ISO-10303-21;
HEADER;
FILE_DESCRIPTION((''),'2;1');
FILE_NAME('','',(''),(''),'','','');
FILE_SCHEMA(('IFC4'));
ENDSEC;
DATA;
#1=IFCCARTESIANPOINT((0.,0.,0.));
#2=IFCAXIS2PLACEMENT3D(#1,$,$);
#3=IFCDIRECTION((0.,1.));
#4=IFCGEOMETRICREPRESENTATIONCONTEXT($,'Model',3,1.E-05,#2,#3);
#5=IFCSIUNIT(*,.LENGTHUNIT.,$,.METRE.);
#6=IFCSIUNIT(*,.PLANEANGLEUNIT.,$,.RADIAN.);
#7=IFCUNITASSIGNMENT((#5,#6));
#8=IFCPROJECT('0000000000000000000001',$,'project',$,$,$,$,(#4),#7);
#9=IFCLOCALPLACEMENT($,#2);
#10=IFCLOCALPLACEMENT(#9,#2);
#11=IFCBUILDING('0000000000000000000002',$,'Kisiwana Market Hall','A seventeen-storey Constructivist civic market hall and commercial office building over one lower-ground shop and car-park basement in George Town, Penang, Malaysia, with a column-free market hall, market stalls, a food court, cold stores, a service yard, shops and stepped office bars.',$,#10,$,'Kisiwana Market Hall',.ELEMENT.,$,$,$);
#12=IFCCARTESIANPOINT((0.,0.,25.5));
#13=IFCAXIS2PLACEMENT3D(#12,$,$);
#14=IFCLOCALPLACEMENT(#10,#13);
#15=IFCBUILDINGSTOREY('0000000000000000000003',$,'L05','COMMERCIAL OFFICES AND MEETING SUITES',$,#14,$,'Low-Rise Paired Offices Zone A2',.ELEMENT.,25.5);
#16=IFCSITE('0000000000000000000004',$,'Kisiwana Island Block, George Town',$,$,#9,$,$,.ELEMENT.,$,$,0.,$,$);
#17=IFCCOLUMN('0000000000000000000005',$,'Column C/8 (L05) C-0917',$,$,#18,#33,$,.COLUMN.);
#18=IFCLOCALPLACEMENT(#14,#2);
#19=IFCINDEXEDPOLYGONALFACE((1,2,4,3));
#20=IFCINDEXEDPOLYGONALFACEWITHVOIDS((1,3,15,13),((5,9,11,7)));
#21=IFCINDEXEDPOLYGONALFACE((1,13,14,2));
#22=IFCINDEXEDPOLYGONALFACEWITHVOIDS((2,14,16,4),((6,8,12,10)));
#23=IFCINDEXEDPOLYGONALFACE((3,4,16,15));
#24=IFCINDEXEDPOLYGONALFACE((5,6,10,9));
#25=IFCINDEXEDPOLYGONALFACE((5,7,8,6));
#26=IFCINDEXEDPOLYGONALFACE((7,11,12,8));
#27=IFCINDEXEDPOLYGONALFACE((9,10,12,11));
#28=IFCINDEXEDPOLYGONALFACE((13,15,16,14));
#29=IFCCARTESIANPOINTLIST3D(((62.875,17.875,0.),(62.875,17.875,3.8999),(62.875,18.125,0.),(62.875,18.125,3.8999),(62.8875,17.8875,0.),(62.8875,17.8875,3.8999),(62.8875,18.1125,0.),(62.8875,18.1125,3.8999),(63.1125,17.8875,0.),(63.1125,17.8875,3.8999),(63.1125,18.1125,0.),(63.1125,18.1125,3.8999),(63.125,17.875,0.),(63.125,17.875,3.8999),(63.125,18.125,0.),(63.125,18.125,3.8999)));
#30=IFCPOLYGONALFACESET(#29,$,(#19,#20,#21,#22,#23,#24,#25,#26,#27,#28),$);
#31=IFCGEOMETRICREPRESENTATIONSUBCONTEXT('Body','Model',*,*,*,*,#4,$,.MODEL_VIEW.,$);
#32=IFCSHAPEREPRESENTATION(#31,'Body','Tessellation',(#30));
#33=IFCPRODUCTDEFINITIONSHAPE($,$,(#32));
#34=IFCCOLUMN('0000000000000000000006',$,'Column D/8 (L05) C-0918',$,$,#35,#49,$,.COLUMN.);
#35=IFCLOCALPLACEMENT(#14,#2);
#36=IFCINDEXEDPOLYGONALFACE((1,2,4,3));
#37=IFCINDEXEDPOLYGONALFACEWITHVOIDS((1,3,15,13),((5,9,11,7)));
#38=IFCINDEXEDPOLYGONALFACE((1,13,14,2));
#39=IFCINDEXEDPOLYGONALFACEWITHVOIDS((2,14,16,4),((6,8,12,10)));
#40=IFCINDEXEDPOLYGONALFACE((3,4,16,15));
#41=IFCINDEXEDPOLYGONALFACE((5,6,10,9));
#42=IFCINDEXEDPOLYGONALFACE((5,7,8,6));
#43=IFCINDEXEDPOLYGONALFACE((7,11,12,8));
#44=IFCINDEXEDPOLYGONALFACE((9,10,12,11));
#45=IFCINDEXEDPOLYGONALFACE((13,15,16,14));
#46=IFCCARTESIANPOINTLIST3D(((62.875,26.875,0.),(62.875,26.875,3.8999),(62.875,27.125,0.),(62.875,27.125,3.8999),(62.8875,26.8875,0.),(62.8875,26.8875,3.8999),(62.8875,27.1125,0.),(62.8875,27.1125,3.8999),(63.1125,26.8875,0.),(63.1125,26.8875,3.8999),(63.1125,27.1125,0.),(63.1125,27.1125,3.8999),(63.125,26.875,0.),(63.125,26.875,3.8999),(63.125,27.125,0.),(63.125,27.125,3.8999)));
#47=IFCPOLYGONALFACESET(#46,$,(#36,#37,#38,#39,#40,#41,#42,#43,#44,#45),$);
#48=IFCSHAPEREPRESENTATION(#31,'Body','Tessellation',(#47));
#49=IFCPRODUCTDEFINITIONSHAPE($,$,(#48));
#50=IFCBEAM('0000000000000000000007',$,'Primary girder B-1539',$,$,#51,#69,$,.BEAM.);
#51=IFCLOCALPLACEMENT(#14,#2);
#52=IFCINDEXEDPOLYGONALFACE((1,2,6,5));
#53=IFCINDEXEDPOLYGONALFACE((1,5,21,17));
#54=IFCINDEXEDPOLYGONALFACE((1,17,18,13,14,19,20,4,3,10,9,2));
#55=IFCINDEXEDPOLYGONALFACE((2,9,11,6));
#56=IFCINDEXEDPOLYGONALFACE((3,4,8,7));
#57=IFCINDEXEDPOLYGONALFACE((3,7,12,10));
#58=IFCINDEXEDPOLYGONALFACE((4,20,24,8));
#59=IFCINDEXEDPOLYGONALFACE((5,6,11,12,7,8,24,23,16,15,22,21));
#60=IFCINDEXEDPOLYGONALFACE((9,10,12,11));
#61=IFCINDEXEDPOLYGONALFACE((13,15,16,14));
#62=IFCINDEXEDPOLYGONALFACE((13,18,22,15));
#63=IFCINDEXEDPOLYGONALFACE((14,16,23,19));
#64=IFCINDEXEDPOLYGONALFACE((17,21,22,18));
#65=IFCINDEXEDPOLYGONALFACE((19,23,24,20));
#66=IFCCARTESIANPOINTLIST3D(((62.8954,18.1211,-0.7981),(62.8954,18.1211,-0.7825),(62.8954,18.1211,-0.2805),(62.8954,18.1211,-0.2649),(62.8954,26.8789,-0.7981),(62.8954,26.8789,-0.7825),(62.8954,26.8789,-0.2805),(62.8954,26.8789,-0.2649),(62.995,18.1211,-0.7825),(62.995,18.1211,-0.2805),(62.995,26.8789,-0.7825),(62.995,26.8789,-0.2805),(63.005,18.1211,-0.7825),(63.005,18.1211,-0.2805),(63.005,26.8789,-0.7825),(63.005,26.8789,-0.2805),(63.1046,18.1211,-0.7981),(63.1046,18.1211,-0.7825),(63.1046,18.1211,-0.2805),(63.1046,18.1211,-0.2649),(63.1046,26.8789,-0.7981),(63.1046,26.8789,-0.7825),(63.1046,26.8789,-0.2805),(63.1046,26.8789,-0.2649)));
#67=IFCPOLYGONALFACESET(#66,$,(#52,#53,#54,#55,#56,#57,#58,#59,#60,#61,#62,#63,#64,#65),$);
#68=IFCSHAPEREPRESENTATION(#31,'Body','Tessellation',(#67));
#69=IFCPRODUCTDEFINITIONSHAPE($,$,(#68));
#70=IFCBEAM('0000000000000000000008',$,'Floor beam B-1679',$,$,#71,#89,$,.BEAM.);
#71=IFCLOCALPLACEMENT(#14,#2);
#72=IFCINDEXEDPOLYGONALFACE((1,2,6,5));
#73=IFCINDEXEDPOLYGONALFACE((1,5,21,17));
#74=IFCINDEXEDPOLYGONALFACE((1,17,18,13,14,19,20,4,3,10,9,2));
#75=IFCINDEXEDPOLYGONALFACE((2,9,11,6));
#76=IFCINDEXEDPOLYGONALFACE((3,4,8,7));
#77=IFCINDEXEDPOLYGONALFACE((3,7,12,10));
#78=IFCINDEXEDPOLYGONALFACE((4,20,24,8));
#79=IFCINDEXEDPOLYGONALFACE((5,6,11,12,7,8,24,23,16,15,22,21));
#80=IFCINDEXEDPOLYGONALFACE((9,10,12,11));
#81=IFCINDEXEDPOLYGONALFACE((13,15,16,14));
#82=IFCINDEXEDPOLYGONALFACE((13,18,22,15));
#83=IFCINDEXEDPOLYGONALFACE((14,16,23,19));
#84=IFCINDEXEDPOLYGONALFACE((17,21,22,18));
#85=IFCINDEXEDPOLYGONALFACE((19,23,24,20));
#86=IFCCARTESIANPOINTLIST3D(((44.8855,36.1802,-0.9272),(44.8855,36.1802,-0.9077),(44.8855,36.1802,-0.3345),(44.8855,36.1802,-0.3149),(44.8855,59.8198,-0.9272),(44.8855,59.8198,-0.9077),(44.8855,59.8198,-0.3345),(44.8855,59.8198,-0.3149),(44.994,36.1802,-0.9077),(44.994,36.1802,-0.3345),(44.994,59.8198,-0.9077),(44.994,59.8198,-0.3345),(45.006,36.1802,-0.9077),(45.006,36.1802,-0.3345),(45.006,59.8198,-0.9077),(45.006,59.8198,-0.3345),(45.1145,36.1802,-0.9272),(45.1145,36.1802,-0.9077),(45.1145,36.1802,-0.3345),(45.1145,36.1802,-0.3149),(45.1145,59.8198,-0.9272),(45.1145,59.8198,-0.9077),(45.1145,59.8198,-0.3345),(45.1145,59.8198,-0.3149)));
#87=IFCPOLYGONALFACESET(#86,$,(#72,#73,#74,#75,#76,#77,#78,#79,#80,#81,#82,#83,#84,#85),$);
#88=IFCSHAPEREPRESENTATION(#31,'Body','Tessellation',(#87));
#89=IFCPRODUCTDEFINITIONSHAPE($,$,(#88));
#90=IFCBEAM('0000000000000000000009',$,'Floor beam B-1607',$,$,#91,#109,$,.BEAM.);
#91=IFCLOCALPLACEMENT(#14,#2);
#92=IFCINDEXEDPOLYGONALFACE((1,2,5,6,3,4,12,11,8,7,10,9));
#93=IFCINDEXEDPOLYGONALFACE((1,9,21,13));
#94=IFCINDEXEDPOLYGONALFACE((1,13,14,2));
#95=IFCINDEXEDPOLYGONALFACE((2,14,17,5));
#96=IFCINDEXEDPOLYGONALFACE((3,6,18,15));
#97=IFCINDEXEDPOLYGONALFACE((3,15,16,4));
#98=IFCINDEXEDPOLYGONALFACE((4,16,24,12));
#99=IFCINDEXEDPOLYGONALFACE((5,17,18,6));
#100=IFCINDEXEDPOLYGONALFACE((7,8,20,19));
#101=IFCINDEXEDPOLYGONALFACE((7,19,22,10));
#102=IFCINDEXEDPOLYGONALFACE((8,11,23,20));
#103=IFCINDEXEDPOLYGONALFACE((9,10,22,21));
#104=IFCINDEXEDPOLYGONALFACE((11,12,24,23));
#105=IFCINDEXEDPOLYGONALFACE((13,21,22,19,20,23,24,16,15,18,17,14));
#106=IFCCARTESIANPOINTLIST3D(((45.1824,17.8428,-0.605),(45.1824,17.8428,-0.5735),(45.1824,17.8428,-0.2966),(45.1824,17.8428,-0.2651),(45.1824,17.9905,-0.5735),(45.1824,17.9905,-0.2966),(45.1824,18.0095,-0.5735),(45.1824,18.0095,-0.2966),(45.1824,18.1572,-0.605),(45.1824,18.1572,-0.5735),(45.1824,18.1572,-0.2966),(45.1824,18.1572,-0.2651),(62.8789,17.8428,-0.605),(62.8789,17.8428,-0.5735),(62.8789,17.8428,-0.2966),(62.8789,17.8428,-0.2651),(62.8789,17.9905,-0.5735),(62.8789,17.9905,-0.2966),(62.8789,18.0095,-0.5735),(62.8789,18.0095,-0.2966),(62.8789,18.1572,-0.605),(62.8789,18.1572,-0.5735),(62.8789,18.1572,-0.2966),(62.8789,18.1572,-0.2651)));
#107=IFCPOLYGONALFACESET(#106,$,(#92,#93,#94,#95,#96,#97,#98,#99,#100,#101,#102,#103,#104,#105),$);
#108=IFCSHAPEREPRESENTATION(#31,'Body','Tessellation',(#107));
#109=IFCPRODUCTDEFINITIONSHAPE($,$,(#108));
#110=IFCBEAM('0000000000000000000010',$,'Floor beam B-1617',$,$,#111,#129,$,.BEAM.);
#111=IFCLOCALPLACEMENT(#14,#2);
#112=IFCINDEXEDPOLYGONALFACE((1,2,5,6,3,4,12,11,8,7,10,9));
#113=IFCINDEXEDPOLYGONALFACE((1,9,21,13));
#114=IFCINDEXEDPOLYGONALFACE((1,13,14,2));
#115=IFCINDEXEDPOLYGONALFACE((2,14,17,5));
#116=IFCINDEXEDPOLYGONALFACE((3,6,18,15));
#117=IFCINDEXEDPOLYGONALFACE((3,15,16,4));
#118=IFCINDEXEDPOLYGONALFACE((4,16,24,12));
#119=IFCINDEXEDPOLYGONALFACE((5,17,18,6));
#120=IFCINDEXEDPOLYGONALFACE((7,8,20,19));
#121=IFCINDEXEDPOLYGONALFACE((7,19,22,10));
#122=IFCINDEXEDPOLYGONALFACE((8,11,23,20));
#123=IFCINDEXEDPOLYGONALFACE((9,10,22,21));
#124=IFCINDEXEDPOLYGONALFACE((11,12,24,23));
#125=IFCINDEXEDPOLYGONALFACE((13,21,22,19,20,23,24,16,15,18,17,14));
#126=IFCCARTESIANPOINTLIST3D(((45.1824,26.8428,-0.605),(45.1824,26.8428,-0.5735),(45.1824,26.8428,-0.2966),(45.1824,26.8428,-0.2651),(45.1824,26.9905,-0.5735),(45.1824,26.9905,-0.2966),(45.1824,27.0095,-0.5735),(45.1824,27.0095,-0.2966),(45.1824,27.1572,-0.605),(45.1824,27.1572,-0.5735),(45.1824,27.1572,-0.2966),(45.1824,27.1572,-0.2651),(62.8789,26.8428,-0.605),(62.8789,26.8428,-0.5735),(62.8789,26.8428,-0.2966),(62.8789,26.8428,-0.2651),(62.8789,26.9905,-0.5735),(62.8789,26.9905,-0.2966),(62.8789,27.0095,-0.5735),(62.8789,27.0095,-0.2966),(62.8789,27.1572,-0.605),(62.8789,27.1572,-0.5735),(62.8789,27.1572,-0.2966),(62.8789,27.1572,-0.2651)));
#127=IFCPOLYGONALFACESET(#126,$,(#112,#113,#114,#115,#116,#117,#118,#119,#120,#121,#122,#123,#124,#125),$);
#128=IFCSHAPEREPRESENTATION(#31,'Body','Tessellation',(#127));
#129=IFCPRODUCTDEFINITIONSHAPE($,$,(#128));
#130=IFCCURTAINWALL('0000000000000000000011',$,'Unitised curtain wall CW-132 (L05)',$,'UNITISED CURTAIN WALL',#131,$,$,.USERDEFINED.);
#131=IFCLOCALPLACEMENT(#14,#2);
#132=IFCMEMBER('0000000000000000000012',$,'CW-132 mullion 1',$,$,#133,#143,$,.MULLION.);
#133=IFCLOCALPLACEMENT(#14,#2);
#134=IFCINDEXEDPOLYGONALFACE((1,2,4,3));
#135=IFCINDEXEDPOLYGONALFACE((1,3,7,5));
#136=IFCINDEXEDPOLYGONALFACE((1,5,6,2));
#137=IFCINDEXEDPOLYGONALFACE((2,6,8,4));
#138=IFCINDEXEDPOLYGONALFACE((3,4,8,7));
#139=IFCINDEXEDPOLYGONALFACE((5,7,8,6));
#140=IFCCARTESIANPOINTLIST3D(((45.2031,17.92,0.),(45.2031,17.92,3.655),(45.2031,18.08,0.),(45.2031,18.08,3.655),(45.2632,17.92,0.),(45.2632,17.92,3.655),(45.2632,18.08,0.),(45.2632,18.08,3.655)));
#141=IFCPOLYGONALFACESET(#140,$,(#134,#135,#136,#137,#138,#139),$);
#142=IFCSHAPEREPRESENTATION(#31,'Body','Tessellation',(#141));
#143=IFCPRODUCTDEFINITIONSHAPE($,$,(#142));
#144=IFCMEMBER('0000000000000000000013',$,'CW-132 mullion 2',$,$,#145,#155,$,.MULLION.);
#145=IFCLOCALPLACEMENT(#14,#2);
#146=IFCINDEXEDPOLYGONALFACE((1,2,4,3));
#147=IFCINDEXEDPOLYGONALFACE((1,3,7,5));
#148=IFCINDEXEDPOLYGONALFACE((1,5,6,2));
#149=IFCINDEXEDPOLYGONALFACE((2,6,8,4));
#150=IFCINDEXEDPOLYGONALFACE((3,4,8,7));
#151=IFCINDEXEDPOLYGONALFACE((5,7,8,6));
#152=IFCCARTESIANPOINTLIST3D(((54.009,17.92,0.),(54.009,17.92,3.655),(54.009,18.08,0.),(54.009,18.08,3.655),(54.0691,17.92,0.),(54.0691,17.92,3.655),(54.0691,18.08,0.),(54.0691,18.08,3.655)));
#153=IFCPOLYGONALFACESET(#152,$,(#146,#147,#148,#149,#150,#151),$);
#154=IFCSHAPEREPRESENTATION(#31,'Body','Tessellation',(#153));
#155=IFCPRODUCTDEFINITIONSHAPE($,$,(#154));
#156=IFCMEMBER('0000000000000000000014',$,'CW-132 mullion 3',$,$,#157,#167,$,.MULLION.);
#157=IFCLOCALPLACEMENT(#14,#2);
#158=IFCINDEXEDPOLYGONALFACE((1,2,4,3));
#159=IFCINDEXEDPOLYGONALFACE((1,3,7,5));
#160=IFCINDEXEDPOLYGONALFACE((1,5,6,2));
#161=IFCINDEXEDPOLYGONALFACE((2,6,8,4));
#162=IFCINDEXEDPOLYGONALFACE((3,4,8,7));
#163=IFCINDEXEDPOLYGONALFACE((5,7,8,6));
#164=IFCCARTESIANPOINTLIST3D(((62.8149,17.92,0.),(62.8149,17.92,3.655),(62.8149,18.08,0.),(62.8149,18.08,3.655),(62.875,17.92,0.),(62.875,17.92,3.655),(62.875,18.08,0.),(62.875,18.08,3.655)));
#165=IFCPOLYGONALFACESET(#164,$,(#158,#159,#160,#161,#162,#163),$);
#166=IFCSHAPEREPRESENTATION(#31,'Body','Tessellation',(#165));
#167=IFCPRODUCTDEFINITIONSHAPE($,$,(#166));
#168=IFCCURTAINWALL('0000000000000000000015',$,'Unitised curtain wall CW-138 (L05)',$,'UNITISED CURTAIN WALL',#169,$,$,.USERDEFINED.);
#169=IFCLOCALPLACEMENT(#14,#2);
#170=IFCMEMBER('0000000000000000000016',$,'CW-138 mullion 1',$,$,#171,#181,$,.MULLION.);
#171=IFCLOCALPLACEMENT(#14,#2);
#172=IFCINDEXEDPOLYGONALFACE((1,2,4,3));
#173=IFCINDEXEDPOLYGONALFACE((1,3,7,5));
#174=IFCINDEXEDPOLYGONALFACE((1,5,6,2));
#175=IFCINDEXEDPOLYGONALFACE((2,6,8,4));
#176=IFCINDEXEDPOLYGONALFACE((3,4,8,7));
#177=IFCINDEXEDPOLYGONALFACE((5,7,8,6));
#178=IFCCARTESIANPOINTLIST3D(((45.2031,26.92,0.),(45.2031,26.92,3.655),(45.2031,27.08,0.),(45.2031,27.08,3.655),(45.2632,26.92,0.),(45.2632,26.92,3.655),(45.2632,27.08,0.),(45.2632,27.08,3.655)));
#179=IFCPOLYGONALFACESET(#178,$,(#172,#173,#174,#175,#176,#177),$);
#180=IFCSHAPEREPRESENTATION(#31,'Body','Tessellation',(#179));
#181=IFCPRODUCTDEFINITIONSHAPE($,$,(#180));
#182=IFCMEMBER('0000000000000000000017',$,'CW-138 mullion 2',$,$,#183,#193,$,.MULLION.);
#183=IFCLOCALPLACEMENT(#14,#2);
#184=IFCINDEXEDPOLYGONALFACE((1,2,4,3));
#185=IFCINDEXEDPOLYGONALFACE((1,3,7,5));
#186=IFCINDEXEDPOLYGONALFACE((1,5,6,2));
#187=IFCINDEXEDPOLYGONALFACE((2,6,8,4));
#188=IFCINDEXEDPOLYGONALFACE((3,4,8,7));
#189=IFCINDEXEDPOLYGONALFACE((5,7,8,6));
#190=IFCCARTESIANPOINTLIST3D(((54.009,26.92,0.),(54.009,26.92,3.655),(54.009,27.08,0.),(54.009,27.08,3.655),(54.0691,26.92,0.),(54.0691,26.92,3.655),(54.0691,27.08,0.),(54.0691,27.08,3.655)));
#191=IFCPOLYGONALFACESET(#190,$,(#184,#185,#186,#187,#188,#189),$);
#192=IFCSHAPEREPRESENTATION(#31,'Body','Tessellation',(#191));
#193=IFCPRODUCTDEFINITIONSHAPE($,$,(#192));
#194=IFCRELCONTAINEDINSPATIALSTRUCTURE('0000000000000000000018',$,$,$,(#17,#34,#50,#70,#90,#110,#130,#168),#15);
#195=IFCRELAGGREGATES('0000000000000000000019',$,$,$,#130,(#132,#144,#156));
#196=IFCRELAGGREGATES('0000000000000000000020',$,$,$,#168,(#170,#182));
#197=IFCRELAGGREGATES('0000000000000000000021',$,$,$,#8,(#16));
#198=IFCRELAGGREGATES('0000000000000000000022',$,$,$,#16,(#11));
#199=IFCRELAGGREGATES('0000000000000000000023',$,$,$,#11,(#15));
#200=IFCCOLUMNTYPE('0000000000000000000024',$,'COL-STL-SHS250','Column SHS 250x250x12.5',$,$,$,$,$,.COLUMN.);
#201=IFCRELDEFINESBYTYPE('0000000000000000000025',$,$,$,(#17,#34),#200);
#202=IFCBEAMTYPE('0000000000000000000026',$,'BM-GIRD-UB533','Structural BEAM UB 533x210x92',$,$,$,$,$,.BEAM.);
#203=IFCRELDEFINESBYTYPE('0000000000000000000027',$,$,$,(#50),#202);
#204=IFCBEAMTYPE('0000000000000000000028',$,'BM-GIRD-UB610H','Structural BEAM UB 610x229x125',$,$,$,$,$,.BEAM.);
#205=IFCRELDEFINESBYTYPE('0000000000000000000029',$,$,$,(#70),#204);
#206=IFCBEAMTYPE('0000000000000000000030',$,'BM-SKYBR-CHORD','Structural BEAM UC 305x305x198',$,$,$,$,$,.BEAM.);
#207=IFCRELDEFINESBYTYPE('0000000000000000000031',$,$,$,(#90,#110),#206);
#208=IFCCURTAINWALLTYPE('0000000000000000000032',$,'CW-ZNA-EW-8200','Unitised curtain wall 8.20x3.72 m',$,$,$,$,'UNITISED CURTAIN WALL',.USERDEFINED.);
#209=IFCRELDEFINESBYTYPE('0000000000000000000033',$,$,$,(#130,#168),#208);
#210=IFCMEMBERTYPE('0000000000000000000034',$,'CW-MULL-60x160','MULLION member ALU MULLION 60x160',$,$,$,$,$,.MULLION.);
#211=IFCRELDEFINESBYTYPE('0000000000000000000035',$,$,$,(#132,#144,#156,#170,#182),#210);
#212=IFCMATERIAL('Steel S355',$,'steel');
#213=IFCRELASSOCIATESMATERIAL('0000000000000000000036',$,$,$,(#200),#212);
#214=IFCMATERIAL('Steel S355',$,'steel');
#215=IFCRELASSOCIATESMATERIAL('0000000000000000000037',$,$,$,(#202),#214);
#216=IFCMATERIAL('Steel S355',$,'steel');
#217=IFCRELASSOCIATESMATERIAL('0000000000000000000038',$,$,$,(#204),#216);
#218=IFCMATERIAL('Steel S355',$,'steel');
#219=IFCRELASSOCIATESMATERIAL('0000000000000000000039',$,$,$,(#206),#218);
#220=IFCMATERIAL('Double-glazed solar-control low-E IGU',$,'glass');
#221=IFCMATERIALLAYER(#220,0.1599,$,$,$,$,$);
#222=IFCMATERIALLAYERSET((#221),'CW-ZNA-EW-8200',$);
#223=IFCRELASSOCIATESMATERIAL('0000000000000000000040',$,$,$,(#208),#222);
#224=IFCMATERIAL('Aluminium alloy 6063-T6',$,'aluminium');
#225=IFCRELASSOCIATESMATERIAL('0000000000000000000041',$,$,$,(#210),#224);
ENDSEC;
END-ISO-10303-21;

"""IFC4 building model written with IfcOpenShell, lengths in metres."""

from ifc_helpers import new_model, si_unit, direction, frame, origin, origin_2d, place, context, subcontext, project, spatial, rectangle, hollow_rectangle, i_section, extrude, material, layer, layer_set, material_profile, profile_set, type_object, element, aggregate, save


model = new_model("IFC4")

# Units and contexts
model_context = context("Model", 3, precision=1e-05, world=origin(), true_north=direction((0.0, 1.0)))
body_context = subcontext(model_context, "Body", "Model", "MODEL_VIEW")
ifc_project = project(units=[si_unit("LENGTHUNIT", "METRE"), si_unit("PLANEANGLEUNIT", "RADIAN")], contexts=[model_context])

# Site, building, storey
site_placement = place(None, origin())
site = spatial("IfcSite", under=ifc_project, at=site_placement, Name="Kisiwana Island Block, George Town", CompositionType="ELEMENT", RefElevation=0.0)
building_placement = place(site_placement, origin())
building = spatial("IfcBuilding", under=site, at=building_placement, Name="Kisiwana Market Hall", Description="A seventeen-storey Constructivist civic market hall and commercial office building over one lower-ground shop and car-park basement in George Town, Penang, Malaysia, with a column-free market hall, market stalls, a food court, cold stores, a service yard, shops and stepped office bars.", LongName="Kisiwana Market Hall", CompositionType="ELEMENT")
storey_placement = place(building_placement, frame((0.0, 0.0, 25.5)))
storey = spatial("IfcBuildingStorey", under=building, at=storey_placement, Name="L05", Description="COMMERCIAL OFFICES AND MEETING SUITES", LongName="Low-Rise Paired Offices Zone A2", CompositionType="ELEMENT", Elevation=25.5)

# Columns
ifc_material_1 = material(Name="Steel S355", Category="steel")
ifc_material_profile_1 = material_profile(ifc_material_1, hollow_rectangle(XDim=0.25, YDim=0.25, WallThickness=0.0125, at=origin_2d()), Name="SHS 250x250x12.5")
ifc_profile_set_1 = profile_set([ifc_material_profile_1], Name="Steel S355")
column_type = type_object("IfcColumnType", Name="COL-STL-SHS250", Description="Column SHS 250x250x12.5", PredefinedType="COLUMN", material=ifc_profile_set_1)
for number, where, z_axis, x_axis, name in (
    (1, (63.0, 18.0, 0.0), (0.0, 0.0, 1.0), (1.0, 0.0, 0.0), "Column C/8 (L05) C-0917"),
    (2, (63.0, 27.0, 0.0), (0.0, 0.0, 1.0), (1.0, 0.0, 0.0), "Column D/8 (L05) C-0918"),
):
    element("IfcColumn", number, at=place(storey_placement, frame(where, z_axis=z_axis, x_axis=x_axis)), inside=storey, type_object=column_type, Name=name, PredefinedType="COLUMN", context=body_context, shape_type="SweptSolid", body=[
        extrude(hollow_rectangle(XDim=0.25, YDim=0.25, WallThickness=0.0125, at=origin_2d()), origin(), (0.0, 0.0, 1.0), 3.8999),
    ])

# Beams
ifc_material_2 = material(Name="Steel S355", Category="steel")
ifc_material_profile_2 = material_profile(ifc_material_2, i_section(OverallWidth=0.2092, OverallDepth=0.5332, WebThickness=0.01, FlangeThickness=0.0156, at=origin_2d()), Name="UB 533x210x92")
ifc_profile_set_2 = profile_set([ifc_material_profile_2], Name="Steel S355")
beam_type_1 = type_object("IfcBeamType", Name="BM-GIRD-UB533", Description="Structural BEAM UB 533x210x92", PredefinedType="BEAM", material=ifc_profile_set_2)
beam_1_placement = place(storey_placement, frame((63.0, 18.1211, -0.5315), z_axis=(0.0, 1.0, 0.0), x_axis=(-1.0, 0.0, 0.0)))
element("IfcBeam", 3, at=beam_1_placement, inside=storey, type_object=beam_type_1, Name="Primary girder B-1539", PredefinedType="BEAM", context=body_context, shape_type="SweptSolid", body=[
    extrude(i_section(OverallWidth=0.2092, OverallDepth=0.5332, WebThickness=0.01, FlangeThickness=0.0156, at=origin_2d()), origin(), (0.0, 0.0, 1.0), 8.7578),
])
ifc_material_3 = material(Name="Steel S355", Category="steel")
ifc_material_profile_3 = material_profile(ifc_material_3, i_section(OverallWidth=0.229, OverallDepth=0.6123, WebThickness=0.012, FlangeThickness=0.0195, at=origin_2d()), Name="UB 610x229x125")
ifc_profile_set_3 = profile_set([ifc_material_profile_3], Name="Steel S355")
beam_type_2 = type_object("IfcBeamType", Name="BM-GIRD-UB610H", Description="Structural BEAM UB 610x229x125", PredefinedType="BEAM", material=ifc_profile_set_3)
beam_2_placement = place(storey_placement, frame((45.0, 36.1802, -0.6211), z_axis=(0.0, 1.0, 0.0), x_axis=(-1.0, 0.0, 0.0)))
element("IfcBeam", 4, at=beam_2_placement, inside=storey, type_object=beam_type_2, Name="Floor beam B-1679", PredefinedType="BEAM", context=body_context, shape_type="SweptSolid", body=[
    extrude(i_section(OverallWidth=0.229, OverallDepth=0.6123, WebThickness=0.012, FlangeThickness=0.0195, at=origin_2d()), origin(), (0.0, 0.0, 1.0), 23.6396),
])
ifc_material_4 = material(Name="Steel S355", Category="steel")
ifc_material_profile_4 = material_profile(ifc_material_4, i_section(OverallWidth=0.3145, OverallDepth=0.3398, WebThickness=0.019, FlangeThickness=0.0315, at=origin_2d()), Name="UC 305x305x198")
ifc_profile_set_4 = profile_set([ifc_material_profile_4], Name="Steel S355")
beam_type_3 = type_object("IfcBeamType", Name="BM-SKYBR-CHORD", Description="Structural BEAM UC 305x305x198", PredefinedType="BEAM", material=ifc_profile_set_4)
for number, where, z_axis, x_axis, name in (
    (5, (45.1824, 18.0, -0.4351), (1.0, 0.0, 0.0), (0.0, 1.0, 0.0), "Floor beam B-1607"),
    (6, (45.1824, 27.0, -0.4351), (1.0, 0.0, 0.0), (0.0, 1.0, 0.0), "Floor beam B-1617"),
):
    element("IfcBeam", number, at=place(storey_placement, frame(where, z_axis=z_axis, x_axis=x_axis)), inside=storey, type_object=beam_type_3, Name=name, PredefinedType="BEAM", context=body_context, shape_type="SweptSolid", body=[
        extrude(i_section(OverallWidth=0.3145, OverallDepth=0.3398, WebThickness=0.019, FlangeThickness=0.0315, at=origin_2d()), origin(), (0.0, 0.0, 1.0), 17.6965),
    ])

# Curtain walls, members
ifc_material_5 = material(Name="Double-glazed solar-control low-E IGU", Category="glass")
ifc_layer_1 = layer(ifc_material_5, 0.1599)
ifc_layer_set_1 = layer_set([ifc_layer_1], Name="CW-ZNA-EW-8200")
curtain_wall_type = type_object("IfcCurtainWallType", Name="CW-ZNA-EW-8200", Description="Unitised curtain wall 8.20x3.72 m", ElementType="UNITISED CURTAIN WALL", PredefinedType="USERDEFINED", material=ifc_layer_set_1)
curtain_wall_1_placement = place(storey_placement, origin())
curtain_wall_1 = element("IfcCurtainWall", 7, at=curtain_wall_1_placement, inside=storey, type_object=curtain_wall_type, Name="Unitised curtain wall CW-132 (L05)", ObjectType="UNITISED CURTAIN WALL", PredefinedType="USERDEFINED")
ifc_material_6 = material(Name="Aluminium alloy 6063-T6", Category="aluminium")
ifc_material_profile_5 = material_profile(ifc_material_6, rectangle(XDim=0.0601, YDim=0.1599, at=origin_2d()), Name="ALU MULLION 60x160")
ifc_profile_set_5 = profile_set([ifc_material_profile_5], Name="Aluminium alloy 6063-T6")
member_type_1 = type_object("IfcMemberType", Name="CW-MULL-60x160", Description="MULLION member ALU MULLION 60x160", PredefinedType="MULLION", material=ifc_profile_set_5)
member_1_placement = place(storey_placement, frame((45.2332, 18.0, 0.0), z_axis=(0.0, 0.0, 1.0), x_axis=(1.0, 0.0, 0.0)))
member_1 = element("IfcMember", 8, at=member_1_placement, type_object=member_type_1, Name="CW-132 mullion 1", PredefinedType="MULLION", context=body_context, shape_type="SweptSolid", body=[
    extrude(rectangle(XDim=0.0601, YDim=0.1599, at=origin_2d()), origin(), (0.0, 0.0, 1.0), 3.655),
])
member_2_placement = place(storey_placement, frame((54.0391, 18.0, 0.0), z_axis=(0.0, 0.0, 1.0), x_axis=(1.0, 0.0, 0.0)))
member_2 = element("IfcMember", 9, at=member_2_placement, type_object=member_type_1, Name="CW-132 mullion 2", PredefinedType="MULLION", context=body_context, shape_type="SweptSolid", body=[
    extrude(rectangle(XDim=0.0601, YDim=0.1599, at=origin_2d()), origin(), (0.0, 0.0, 1.0), 3.655),
])
member_3_placement = place(storey_placement, frame((62.845, 18.0, 0.0), z_axis=(0.0, 0.0, 1.0), x_axis=(1.0, 0.0, 0.0)))
member_3 = element("IfcMember", 10, at=member_3_placement, type_object=member_type_1, Name="CW-132 mullion 3", PredefinedType="MULLION", context=body_context, shape_type="SweptSolid", body=[
    extrude(rectangle(XDim=0.0601, YDim=0.1599, at=origin_2d()), origin(), (0.0, 0.0, 1.0), 3.655),
])
curtain_wall_2_placement = place(storey_placement, origin())
curtain_wall_2 = element("IfcCurtainWall", 11, at=curtain_wall_2_placement, inside=storey, type_object=curtain_wall_type, Name="Unitised curtain wall CW-138 (L05)", ObjectType="UNITISED CURTAIN WALL", PredefinedType="USERDEFINED")
member_4_placement = place(storey_placement, frame((45.2332, 27.0, 0.0), z_axis=(0.0, 0.0, 1.0), x_axis=(1.0, 0.0, 0.0)))
member_4 = element("IfcMember", 12, at=member_4_placement, type_object=member_type_1, Name="CW-138 mullion 1", PredefinedType="MULLION", context=body_context, shape_type="SweptSolid", body=[
    extrude(rectangle(XDim=0.0601, YDim=0.1599, at=origin_2d()), origin(), (0.0, 0.0, 1.0), 3.655),
])
member_5_placement = place(storey_placement, frame((54.0391, 27.0, 0.0), z_axis=(0.0, 0.0, 1.0), x_axis=(1.0, 0.0, 0.0)))
member_5 = element("IfcMember", 13, at=member_5_placement, type_object=member_type_1, Name="CW-138 mullion 2", PredefinedType="MULLION", context=body_context, shape_type="SweptSolid", body=[
    extrude(rectangle(XDim=0.0601, YDim=0.1599, at=origin_2d()), origin(), (0.0, 0.0, 1.0), 3.655),
])

aggregate(curtain_wall_1, [member_1, member_2, member_3])
aggregate(curtain_wall_2, [member_4, member_5])

save(model, "model.ifc")
